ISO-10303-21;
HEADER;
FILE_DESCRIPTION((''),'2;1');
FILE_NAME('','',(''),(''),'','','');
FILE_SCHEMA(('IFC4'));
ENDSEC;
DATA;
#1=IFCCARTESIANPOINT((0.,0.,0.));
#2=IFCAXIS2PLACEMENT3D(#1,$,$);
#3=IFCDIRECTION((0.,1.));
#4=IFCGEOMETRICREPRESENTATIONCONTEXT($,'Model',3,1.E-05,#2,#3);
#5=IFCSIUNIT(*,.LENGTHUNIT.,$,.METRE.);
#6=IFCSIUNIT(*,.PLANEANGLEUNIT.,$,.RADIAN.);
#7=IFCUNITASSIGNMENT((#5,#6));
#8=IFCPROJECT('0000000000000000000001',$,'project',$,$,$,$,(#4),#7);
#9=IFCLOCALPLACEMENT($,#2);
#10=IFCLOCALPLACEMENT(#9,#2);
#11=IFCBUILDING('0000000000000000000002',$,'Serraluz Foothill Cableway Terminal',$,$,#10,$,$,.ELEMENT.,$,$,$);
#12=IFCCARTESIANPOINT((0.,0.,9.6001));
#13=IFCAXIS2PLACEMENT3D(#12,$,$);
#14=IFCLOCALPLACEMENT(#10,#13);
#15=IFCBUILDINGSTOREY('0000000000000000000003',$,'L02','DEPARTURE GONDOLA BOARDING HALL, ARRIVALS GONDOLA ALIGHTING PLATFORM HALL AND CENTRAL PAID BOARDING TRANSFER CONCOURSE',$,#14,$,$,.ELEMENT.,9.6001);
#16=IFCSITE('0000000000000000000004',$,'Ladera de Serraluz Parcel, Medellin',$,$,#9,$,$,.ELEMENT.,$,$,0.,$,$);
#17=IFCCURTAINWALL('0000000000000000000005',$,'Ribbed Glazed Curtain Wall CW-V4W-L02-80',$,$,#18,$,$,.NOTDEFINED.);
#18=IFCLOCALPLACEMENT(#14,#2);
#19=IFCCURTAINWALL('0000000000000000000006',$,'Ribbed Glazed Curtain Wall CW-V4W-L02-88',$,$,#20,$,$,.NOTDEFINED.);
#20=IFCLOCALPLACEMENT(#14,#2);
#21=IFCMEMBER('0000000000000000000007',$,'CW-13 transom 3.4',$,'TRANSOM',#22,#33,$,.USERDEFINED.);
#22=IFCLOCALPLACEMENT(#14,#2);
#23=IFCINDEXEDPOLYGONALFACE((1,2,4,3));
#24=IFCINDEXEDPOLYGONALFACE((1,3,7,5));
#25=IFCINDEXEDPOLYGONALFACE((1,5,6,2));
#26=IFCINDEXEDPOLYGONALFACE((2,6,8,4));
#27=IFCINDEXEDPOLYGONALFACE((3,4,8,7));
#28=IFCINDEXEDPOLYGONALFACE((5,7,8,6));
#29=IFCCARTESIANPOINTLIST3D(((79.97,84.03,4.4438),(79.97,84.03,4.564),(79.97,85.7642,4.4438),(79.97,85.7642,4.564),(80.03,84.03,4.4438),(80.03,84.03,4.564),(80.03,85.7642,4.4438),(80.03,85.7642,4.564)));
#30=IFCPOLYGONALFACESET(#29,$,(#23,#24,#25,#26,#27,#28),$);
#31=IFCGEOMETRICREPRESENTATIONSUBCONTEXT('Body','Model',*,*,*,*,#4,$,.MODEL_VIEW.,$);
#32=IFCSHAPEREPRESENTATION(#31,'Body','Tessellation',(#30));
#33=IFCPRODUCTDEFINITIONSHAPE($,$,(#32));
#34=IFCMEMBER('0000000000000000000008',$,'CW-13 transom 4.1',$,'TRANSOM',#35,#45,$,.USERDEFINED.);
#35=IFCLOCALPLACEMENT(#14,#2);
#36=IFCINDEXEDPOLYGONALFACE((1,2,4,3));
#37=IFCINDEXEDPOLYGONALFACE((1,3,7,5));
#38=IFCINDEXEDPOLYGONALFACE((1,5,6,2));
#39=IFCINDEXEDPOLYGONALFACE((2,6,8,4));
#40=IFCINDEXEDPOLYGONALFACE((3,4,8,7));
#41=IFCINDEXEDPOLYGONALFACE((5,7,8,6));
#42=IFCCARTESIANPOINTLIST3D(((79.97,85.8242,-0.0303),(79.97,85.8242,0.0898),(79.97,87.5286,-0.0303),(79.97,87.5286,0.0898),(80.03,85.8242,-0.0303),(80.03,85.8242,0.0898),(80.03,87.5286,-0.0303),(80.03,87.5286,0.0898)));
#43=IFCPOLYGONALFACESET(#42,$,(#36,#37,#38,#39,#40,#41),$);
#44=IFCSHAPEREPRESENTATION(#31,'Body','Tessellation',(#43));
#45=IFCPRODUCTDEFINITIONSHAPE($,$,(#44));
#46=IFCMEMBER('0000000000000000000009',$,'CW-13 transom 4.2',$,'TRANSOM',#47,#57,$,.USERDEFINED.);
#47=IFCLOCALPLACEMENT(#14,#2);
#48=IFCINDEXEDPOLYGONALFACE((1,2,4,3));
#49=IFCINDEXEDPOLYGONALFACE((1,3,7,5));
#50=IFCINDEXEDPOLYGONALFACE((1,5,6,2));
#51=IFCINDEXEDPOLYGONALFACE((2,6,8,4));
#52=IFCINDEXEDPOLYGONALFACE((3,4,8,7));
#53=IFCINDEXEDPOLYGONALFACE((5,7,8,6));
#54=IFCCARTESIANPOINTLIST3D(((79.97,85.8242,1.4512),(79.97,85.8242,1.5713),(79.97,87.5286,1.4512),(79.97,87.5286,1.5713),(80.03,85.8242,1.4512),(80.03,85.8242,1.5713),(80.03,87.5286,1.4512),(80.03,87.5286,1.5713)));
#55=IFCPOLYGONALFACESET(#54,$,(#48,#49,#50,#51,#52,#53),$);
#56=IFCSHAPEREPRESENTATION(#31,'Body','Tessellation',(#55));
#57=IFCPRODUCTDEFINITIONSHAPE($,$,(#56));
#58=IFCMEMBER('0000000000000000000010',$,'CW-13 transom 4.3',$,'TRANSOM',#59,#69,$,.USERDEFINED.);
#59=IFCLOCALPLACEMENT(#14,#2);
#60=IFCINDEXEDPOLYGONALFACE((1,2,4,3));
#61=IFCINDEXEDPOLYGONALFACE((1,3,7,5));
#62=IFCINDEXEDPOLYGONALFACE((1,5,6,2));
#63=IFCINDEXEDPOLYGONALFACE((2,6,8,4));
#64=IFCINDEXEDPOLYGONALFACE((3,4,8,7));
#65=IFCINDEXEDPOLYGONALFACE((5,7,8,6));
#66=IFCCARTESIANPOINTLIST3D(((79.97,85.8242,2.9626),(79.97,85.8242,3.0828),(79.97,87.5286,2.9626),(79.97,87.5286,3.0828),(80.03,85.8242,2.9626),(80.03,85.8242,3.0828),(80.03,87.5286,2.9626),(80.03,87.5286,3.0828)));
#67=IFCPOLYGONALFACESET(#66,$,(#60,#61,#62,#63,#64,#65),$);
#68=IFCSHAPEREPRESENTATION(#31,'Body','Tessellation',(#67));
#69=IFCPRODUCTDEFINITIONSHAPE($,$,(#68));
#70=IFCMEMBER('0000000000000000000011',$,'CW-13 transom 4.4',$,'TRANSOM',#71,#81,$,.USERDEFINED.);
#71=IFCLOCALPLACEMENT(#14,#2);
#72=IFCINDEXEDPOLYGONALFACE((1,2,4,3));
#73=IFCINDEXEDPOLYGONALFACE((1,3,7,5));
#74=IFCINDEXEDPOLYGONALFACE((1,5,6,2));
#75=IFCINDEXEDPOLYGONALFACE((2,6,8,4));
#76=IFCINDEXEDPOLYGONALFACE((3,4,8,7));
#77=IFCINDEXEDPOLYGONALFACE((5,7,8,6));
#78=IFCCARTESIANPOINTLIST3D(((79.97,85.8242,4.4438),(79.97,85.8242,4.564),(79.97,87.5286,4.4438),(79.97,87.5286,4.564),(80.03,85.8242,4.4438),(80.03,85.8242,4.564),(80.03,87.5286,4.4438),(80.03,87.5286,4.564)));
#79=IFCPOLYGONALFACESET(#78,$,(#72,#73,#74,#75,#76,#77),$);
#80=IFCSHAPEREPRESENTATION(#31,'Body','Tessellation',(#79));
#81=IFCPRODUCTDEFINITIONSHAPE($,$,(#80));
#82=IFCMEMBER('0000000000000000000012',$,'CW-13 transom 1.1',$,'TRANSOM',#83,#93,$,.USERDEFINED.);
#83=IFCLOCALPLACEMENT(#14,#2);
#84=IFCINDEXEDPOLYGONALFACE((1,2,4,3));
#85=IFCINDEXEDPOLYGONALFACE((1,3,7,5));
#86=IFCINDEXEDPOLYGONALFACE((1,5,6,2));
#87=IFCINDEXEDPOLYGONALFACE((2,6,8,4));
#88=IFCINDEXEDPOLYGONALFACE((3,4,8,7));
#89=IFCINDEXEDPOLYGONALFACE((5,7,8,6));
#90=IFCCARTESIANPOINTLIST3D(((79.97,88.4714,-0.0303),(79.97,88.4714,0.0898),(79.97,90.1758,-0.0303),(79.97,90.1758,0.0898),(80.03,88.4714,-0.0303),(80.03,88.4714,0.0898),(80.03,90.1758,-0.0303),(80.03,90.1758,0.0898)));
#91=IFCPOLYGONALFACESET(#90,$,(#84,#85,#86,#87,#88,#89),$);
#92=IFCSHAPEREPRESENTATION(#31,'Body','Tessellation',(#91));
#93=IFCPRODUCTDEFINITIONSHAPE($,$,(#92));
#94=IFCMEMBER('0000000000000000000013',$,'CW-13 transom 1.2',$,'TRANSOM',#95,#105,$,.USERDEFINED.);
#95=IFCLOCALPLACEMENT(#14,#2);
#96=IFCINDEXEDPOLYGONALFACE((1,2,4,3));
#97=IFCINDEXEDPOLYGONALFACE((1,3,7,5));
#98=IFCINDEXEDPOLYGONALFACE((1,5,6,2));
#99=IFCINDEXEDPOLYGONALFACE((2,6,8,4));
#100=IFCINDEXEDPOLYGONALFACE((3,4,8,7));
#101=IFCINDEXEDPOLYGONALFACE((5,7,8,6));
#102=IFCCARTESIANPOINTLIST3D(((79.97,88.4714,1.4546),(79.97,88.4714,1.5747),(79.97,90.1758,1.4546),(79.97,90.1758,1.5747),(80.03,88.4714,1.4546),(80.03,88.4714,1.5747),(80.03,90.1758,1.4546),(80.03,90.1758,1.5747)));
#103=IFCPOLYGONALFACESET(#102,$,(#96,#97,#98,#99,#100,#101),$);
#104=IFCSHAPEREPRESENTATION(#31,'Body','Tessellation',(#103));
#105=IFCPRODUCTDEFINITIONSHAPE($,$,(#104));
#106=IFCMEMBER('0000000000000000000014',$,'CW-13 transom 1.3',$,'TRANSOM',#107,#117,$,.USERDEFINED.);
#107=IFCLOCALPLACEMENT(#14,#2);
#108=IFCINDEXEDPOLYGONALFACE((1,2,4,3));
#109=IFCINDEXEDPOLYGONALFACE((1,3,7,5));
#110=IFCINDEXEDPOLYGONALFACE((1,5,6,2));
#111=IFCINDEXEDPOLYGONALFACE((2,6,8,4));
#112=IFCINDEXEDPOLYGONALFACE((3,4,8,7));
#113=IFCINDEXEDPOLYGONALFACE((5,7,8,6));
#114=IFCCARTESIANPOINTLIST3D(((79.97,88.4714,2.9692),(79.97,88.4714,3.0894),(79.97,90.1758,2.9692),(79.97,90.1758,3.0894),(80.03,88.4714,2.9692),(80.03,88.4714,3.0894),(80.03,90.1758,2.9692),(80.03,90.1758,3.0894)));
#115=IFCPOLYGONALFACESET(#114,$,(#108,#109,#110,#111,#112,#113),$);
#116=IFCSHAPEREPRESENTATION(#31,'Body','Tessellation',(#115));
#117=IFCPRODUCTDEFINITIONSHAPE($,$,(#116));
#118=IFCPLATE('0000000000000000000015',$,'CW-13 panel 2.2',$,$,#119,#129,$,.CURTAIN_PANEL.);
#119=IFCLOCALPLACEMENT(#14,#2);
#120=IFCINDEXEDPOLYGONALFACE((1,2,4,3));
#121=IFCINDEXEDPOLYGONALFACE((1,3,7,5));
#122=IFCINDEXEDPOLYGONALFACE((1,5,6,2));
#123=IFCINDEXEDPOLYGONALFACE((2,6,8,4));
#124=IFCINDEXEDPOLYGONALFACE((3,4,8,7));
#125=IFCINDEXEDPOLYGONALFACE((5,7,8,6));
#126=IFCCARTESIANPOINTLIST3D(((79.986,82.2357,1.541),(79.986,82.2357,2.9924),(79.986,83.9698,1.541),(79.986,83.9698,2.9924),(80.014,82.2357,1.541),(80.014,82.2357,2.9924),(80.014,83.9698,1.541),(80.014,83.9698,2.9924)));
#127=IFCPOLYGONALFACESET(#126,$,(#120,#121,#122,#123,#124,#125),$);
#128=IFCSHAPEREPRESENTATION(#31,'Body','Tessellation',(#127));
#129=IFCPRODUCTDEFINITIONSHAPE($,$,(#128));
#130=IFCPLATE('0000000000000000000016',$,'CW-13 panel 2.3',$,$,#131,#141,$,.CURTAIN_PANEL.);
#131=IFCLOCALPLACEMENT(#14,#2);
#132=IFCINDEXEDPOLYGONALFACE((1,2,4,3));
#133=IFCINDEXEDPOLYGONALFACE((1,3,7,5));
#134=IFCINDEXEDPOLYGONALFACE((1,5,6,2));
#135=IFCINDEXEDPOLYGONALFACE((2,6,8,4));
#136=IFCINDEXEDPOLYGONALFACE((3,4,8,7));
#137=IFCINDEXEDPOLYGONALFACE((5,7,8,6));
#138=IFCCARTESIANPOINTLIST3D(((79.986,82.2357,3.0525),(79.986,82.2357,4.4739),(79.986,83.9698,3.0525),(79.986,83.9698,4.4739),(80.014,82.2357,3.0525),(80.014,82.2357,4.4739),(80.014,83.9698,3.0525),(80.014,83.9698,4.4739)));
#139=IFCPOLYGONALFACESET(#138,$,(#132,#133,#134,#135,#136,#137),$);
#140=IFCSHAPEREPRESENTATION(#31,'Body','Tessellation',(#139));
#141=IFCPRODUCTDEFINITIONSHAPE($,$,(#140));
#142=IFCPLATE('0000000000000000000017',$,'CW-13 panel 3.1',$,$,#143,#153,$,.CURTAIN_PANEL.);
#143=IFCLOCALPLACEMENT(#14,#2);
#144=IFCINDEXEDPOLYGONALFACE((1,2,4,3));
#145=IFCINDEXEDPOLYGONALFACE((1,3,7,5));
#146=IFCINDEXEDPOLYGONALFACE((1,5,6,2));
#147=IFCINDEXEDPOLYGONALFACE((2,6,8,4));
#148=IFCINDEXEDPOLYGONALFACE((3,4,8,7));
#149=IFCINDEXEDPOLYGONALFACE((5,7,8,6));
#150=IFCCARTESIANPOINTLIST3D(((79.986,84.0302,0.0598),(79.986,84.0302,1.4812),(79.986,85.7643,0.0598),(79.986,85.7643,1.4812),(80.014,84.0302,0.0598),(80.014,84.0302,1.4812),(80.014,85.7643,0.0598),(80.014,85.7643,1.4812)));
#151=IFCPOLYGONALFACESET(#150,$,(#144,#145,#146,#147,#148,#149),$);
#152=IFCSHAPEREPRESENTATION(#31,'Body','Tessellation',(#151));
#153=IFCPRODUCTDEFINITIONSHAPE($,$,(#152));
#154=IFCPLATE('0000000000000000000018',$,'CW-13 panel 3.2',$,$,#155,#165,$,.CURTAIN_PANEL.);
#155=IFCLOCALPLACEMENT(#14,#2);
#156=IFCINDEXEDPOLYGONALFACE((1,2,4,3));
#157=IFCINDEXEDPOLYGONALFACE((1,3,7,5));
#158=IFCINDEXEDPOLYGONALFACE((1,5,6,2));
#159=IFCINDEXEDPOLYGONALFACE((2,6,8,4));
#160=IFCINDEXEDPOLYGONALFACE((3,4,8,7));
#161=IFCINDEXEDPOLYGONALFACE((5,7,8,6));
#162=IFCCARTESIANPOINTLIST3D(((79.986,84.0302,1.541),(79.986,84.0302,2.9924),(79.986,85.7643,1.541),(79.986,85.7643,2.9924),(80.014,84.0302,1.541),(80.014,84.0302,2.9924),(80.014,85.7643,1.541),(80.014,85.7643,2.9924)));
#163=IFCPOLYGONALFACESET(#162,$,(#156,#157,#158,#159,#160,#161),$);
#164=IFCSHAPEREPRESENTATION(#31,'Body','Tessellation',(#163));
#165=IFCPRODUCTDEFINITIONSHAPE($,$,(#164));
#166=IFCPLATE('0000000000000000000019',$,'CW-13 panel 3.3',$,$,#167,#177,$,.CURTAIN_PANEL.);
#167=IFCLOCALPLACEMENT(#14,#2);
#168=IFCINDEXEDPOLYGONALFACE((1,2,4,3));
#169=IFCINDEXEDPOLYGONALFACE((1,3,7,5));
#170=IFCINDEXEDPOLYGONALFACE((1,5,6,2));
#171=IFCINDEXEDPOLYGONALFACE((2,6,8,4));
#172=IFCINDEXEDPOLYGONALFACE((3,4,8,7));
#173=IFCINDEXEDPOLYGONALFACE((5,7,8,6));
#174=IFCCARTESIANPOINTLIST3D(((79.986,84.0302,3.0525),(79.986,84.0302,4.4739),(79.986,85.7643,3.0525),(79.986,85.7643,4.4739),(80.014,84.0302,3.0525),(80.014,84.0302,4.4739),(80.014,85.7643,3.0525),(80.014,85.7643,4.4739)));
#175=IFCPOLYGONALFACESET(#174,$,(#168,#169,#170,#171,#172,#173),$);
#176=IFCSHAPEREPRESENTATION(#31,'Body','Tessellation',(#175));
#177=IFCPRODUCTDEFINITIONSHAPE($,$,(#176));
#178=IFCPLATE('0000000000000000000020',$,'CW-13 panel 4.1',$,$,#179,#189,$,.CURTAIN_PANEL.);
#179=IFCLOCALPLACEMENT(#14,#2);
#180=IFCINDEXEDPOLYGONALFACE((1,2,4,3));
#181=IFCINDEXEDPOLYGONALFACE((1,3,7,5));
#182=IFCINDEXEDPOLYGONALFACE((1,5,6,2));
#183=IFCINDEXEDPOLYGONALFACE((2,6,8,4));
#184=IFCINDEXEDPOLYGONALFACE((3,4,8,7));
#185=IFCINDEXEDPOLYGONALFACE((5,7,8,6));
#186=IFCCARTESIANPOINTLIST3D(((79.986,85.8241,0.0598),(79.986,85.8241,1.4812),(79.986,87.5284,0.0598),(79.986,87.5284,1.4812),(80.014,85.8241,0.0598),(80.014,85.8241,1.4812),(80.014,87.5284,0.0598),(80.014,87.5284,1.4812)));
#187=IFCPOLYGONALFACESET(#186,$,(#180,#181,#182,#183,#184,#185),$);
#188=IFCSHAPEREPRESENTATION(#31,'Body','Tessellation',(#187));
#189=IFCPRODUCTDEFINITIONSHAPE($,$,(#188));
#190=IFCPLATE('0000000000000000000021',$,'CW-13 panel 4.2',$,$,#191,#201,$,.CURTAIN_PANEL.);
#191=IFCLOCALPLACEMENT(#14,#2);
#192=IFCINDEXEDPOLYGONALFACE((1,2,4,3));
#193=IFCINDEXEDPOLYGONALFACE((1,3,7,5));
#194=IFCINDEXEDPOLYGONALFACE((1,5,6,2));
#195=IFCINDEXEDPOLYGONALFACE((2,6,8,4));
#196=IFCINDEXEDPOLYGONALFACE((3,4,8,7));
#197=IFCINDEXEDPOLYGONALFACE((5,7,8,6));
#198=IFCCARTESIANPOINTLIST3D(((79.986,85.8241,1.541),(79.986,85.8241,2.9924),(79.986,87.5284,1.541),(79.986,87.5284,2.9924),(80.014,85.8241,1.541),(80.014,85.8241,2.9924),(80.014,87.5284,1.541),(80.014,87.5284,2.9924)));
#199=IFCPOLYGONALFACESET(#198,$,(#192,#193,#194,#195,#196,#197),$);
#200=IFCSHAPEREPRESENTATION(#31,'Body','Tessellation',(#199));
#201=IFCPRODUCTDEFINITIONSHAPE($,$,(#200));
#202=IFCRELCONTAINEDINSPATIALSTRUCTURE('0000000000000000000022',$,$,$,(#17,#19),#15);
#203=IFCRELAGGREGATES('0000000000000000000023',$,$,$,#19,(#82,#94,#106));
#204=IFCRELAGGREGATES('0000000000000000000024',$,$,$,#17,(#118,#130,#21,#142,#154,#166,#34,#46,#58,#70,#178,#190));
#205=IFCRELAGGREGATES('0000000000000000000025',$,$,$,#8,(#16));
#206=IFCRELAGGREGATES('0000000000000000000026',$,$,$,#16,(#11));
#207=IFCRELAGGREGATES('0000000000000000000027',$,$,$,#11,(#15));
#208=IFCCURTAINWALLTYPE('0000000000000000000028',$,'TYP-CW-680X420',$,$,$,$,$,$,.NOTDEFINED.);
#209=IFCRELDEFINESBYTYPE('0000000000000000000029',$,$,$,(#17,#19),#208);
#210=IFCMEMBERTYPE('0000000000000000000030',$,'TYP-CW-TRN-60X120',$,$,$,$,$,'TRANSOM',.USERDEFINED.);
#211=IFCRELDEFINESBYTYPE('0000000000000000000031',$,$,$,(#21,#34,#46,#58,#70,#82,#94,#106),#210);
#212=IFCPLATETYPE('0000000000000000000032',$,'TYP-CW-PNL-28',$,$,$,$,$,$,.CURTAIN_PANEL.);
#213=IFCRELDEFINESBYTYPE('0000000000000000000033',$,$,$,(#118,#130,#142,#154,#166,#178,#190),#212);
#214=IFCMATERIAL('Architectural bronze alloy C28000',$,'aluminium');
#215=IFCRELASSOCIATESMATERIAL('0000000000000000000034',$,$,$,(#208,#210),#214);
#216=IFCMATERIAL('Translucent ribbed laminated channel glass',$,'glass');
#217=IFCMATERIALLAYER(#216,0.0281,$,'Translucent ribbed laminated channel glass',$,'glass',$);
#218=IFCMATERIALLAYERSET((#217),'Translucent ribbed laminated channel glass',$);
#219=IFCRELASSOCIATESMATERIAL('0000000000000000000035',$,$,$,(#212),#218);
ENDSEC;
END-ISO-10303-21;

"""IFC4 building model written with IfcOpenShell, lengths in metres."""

from ifc_helpers import new_model, si_unit, direction, frame, origin, origin_2d, place, context, subcontext, project, spatial, rectangle, extrude, material, layer, layer_set, material_profile, profile_set, type_object, element, aggregate, save


model = new_model("IFC4")

# Units and contexts
model_context = context("Model", 3, precision=1e-05, world=origin(), true_north=direction((0.0, 1.0)))
body_context = subcontext(model_context, "Body", "Model", "MODEL_VIEW")
ifc_project = project(units=[si_unit("LENGTHUNIT", "METRE"), si_unit("PLANEANGLEUNIT", "RADIAN")], contexts=[model_context])

# Site, building, storey
site_placement = place(None, origin())
site = spatial("IfcSite", under=ifc_project, at=site_placement, Name="Ladera de Serraluz Parcel, Medellin", CompositionType="ELEMENT", RefElevation=0.0)
building_placement = place(site_placement, origin())
building = spatial("IfcBuilding", under=site, at=building_placement, Name="Serraluz Foothill Cableway Terminal", CompositionType="ELEMENT")
storey_placement = place(building_placement, frame((0.0, 0.0, 9.6001)))
storey = spatial("IfcBuildingStorey", under=building, at=storey_placement, Name="L02", Description="DEPARTURE GONDOLA BOARDING HALL, ARRIVALS GONDOLA ALIGHTING PLATFORM HALL AND CENTRAL PAID BOARDING TRANSFER CONCOURSE", CompositionType="ELEMENT", Elevation=9.6001)

# Curtain wall
ifc_material_1 = material(Name="Architectural bronze alloy C28000", Category="aluminium")
curtain_wall_type = type_object("IfcCurtainWallType", Name="TYP-CW-680X420", PredefinedType="NOTDEFINED", material=ifc_material_1)
curtain_wall_1_placement = place(storey_placement, origin())
curtain_wall_1 = element("IfcCurtainWall", 1, at=curtain_wall_1_placement, inside=storey, type_object=curtain_wall_type, Name="Ribbed Glazed Curtain Wall CW-V4W-L02-80", PredefinedType="NOTDEFINED")

# Curtain wall
curtain_wall_2_placement = place(storey_placement, origin())
curtain_wall_2 = element("IfcCurtainWall", 2, at=curtain_wall_2_placement, inside=storey, type_object=curtain_wall_type, Name="Ribbed Glazed Curtain Wall CW-V4W-L02-88", PredefinedType="NOTDEFINED")

# Members
ifc_material_profile_1 = material_profile(ifc_material_1, rectangle(XDim=0.0601, YDim=0.1201, at=origin_2d()), Name="ALU TRANSOM 60x120")
ifc_profile_set_1 = profile_set([ifc_material_profile_1], Name="Architectural bronze alloy C28000")
member_type_1 = type_object("IfcMemberType", Name="TYP-CW-TRN-60X120", ElementType="TRANSOM", PredefinedType="USERDEFINED", material=ifc_profile_set_1)
member_1_placement = place(storey_placement, frame((80.0, 84.03, 4.5039), z_axis=(0.0, 1.0, 0.0), x_axis=(-1.0, 0.0, 0.0)))
member_1 = element("IfcMember", 3, at=member_1_placement, type_object=member_type_1, Name="CW-13 transom 3.4", ObjectType="TRANSOM", PredefinedType="USERDEFINED", context=body_context, shape_type="SweptSolid", body=[
    extrude(rectangle(XDim=0.0601, YDim=0.1201, at=origin_2d()), origin(), (0.0, 0.0, 1.0), 1.7341),
])
member_2_placement = place(storey_placement, frame((80.0, 85.8242, 0.0298), z_axis=(0.0, 1.0, 0.0), x_axis=(-1.0, 0.0, 0.0)))
member_2 = element("IfcMember", 4, at=member_2_placement, type_object=member_type_1, Name="CW-13 transom 4.1", ObjectType="TRANSOM", PredefinedType="USERDEFINED", context=body_context, shape_type="SweptSolid", body=[
    extrude(rectangle(XDim=0.0601, YDim=0.1201, at=origin_2d()), origin(), (0.0, 0.0, 1.0), 1.7043),
])
member_3_placement = place(storey_placement, frame((80.0, 85.8242, 1.5112), z_axis=(0.0, 1.0, 0.0), x_axis=(-1.0, 0.0, 0.0)))
member_3 = element("IfcMember", 5, at=member_3_placement, type_object=member_type_1, Name="CW-13 transom 4.2", ObjectType="TRANSOM", PredefinedType="USERDEFINED", context=body_context, shape_type="SweptSolid", body=[
    extrude(rectangle(XDim=0.0601, YDim=0.1201, at=origin_2d()), origin(), (0.0, 0.0, 1.0), 1.7043),
])
member_4_placement = place(storey_placement, frame((80.0, 85.8242, 3.0227), z_axis=(0.0, 1.0, 0.0), x_axis=(-1.0, 0.0, 0.0)))
member_4 = element("IfcMember", 6, at=member_4_placement, type_object=member_type_1, Name="CW-13 transom 4.3", ObjectType="TRANSOM", PredefinedType="USERDEFINED", context=body_context, shape_type="SweptSolid", body=[
    extrude(rectangle(XDim=0.0601, YDim=0.1201, at=origin_2d()), origin(), (0.0, 0.0, 1.0), 1.7043),
])
member_5_placement = place(storey_placement, frame((80.0, 85.8242, 4.5039), z_axis=(0.0, 1.0, 0.0), x_axis=(-1.0, 0.0, 0.0)))
member_5 = element("IfcMember", 7, at=member_5_placement, type_object=member_type_1, Name="CW-13 transom 4.4", ObjectType="TRANSOM", PredefinedType="USERDEFINED", context=body_context, shape_type="SweptSolid", body=[
    extrude(rectangle(XDim=0.0601, YDim=0.1201, at=origin_2d()), origin(), (0.0, 0.0, 1.0), 1.7043),
])
member_6_placement = place(storey_placement, frame((80.0, 88.4714, 0.0298), z_axis=(0.0, 1.0, 0.0), x_axis=(-1.0, 0.0, 0.0)))
member_6 = element("IfcMember", 8, at=member_6_placement, type_object=member_type_1, Name="CW-13 transom 1.1", ObjectType="TRANSOM", PredefinedType="USERDEFINED", context=body_context, shape_type="SweptSolid", body=[
    extrude(rectangle(XDim=0.0601, YDim=0.1201, at=origin_2d()), origin(), (0.0, 0.0, 1.0), 1.7043),
])
member_7_placement = place(storey_placement, frame((80.0, 88.4714, 1.5146), z_axis=(0.0, 1.0, 0.0), x_axis=(-1.0, 0.0, 0.0)))
member_7 = element("IfcMember", 9, at=member_7_placement, type_object=member_type_1, Name="CW-13 transom 1.2", ObjectType="TRANSOM", PredefinedType="USERDEFINED", context=body_context, shape_type="SweptSolid", body=[
    extrude(rectangle(XDim=0.0601, YDim=0.1201, at=origin_2d()), origin(), (0.0, 0.0, 1.0), 1.7043),
])
member_8_placement = place(storey_placement, frame((80.0, 88.4714, 3.0293), z_axis=(0.0, 1.0, 0.0), x_axis=(-1.0, 0.0, 0.0)))
member_8 = element("IfcMember", 10, at=member_8_placement, type_object=member_type_1, Name="CW-13 transom 1.3", ObjectType="TRANSOM", PredefinedType="USERDEFINED", context=body_context, shape_type="SweptSolid", body=[
    extrude(rectangle(XDim=0.0601, YDim=0.1201, at=origin_2d()), origin(), (0.0, 0.0, 1.0), 1.7043),
])
aggregate(curtain_wall_2, [member_6, member_7, member_8])

# Plates
ifc_material_2 = material(Name="Translucent ribbed laminated channel glass", Category="glass")
ifc_layer_1 = layer(ifc_material_2, 0.0281, Name="Translucent ribbed laminated channel glass", Category="glass")
ifc_layer_set_1 = layer_set([ifc_layer_1], Name="Translucent ribbed laminated channel glass")
plate_type_1 = type_object("IfcPlateType", Name="TYP-CW-PNL-28", PredefinedType="CURTAIN_PANEL", material=ifc_layer_set_1)
plate_1_placement = place(storey_placement, frame((80.0, 83.1028, 1.541), z_axis=(0.0, 0.0, 1.0), x_axis=(0.0, 1.0, 0.0)))
plate_1 = element("IfcPlate", 11, at=plate_1_placement, type_object=plate_type_1, Name="CW-13 panel 2.2", PredefinedType="CURTAIN_PANEL", context=body_context, shape_type="SweptSolid", body=[
    extrude(rectangle(XDim=1.7341, YDim=0.0281, at=origin_2d()), origin(), (0.0, 0.0, 1.0), 1.4514),
])
plate_2_placement = place(storey_placement, frame((80.0, 83.1028, 3.0525), z_axis=(0.0, 0.0, 1.0), x_axis=(0.0, 1.0, 0.0)))
plate_2 = element("IfcPlate", 12, at=plate_2_placement, type_object=plate_type_1, Name="CW-13 panel 2.3", PredefinedType="CURTAIN_PANEL", context=body_context, shape_type="SweptSolid", body=[
    extrude(rectangle(XDim=1.7341, YDim=0.0281, at=origin_2d()), origin(), (0.0, 0.0, 1.0), 1.4214),
])
plate_3_placement = place(storey_placement, frame((80.0, 84.8972, 0.0598), z_axis=(0.0, 0.0, 1.0), x_axis=(0.0, 1.0, 0.0)))
plate_3 = element("IfcPlate", 13, at=plate_3_placement, type_object=plate_type_1, Name="CW-13 panel 3.1", PredefinedType="CURTAIN_PANEL", context=body_context, shape_type="SweptSolid", body=[
    extrude(rectangle(XDim=1.7341, YDim=0.0281, at=origin_2d()), origin(), (0.0, 0.0, 1.0), 1.4214),
])
plate_4_placement = place(storey_placement, frame((80.0, 84.8972, 1.541), z_axis=(0.0, 0.0, 1.0), x_axis=(0.0, 1.0, 0.0)))
plate_4 = element("IfcPlate", 14, at=plate_4_placement, type_object=plate_type_1, Name="CW-13 panel 3.2", PredefinedType="CURTAIN_PANEL", context=body_context, shape_type="SweptSolid", body=[
    extrude(rectangle(XDim=1.7341, YDim=0.0281, at=origin_2d()), origin(), (0.0, 0.0, 1.0), 1.4514),
])
plate_5_placement = place(storey_placement, frame((80.0, 84.8972, 3.0525), z_axis=(0.0, 0.0, 1.0), x_axis=(0.0, 1.0, 0.0)))
plate_5 = element("IfcPlate", 15, at=plate_5_placement, type_object=plate_type_1, Name="CW-13 panel 3.3", PredefinedType="CURTAIN_PANEL", context=body_context, shape_type="SweptSolid", body=[
    extrude(rectangle(XDim=1.7341, YDim=0.0281, at=origin_2d()), origin(), (0.0, 0.0, 1.0), 1.4214),
])
plate_6_placement = place(storey_placement, frame((80.0, 86.6763, 0.0598), z_axis=(0.0, 0.0, 1.0), x_axis=(0.0, 1.0, 0.0)))
plate_6 = element("IfcPlate", 16, at=plate_6_placement, type_object=plate_type_1, Name="CW-13 panel 4.1", PredefinedType="CURTAIN_PANEL", context=body_context, shape_type="SweptSolid", body=[
    extrude(rectangle(XDim=1.7043, YDim=0.0281, at=origin_2d()), origin(), (0.0, 0.0, 1.0), 1.4214),
])
plate_7_placement = place(storey_placement, frame((80.0, 86.6763, 1.541), z_axis=(0.0, 0.0, 1.0), x_axis=(0.0, 1.0, 0.0)))
plate_7 = element("IfcPlate", 17, at=plate_7_placement, type_object=plate_type_1, Name="CW-13 panel 4.2", PredefinedType="CURTAIN_PANEL", context=body_context, shape_type="SweptSolid", body=[
    extrude(rectangle(XDim=1.7043, YDim=0.0281, at=origin_2d()), origin(), (0.0, 0.0, 1.0), 1.4514),
])
aggregate(curtain_wall_1, [plate_1, plate_2, member_1, plate_3, plate_4, plate_5, member_2, member_3, member_4, member_5, plate_6, plate_7])

save(model, "model.ifc")
